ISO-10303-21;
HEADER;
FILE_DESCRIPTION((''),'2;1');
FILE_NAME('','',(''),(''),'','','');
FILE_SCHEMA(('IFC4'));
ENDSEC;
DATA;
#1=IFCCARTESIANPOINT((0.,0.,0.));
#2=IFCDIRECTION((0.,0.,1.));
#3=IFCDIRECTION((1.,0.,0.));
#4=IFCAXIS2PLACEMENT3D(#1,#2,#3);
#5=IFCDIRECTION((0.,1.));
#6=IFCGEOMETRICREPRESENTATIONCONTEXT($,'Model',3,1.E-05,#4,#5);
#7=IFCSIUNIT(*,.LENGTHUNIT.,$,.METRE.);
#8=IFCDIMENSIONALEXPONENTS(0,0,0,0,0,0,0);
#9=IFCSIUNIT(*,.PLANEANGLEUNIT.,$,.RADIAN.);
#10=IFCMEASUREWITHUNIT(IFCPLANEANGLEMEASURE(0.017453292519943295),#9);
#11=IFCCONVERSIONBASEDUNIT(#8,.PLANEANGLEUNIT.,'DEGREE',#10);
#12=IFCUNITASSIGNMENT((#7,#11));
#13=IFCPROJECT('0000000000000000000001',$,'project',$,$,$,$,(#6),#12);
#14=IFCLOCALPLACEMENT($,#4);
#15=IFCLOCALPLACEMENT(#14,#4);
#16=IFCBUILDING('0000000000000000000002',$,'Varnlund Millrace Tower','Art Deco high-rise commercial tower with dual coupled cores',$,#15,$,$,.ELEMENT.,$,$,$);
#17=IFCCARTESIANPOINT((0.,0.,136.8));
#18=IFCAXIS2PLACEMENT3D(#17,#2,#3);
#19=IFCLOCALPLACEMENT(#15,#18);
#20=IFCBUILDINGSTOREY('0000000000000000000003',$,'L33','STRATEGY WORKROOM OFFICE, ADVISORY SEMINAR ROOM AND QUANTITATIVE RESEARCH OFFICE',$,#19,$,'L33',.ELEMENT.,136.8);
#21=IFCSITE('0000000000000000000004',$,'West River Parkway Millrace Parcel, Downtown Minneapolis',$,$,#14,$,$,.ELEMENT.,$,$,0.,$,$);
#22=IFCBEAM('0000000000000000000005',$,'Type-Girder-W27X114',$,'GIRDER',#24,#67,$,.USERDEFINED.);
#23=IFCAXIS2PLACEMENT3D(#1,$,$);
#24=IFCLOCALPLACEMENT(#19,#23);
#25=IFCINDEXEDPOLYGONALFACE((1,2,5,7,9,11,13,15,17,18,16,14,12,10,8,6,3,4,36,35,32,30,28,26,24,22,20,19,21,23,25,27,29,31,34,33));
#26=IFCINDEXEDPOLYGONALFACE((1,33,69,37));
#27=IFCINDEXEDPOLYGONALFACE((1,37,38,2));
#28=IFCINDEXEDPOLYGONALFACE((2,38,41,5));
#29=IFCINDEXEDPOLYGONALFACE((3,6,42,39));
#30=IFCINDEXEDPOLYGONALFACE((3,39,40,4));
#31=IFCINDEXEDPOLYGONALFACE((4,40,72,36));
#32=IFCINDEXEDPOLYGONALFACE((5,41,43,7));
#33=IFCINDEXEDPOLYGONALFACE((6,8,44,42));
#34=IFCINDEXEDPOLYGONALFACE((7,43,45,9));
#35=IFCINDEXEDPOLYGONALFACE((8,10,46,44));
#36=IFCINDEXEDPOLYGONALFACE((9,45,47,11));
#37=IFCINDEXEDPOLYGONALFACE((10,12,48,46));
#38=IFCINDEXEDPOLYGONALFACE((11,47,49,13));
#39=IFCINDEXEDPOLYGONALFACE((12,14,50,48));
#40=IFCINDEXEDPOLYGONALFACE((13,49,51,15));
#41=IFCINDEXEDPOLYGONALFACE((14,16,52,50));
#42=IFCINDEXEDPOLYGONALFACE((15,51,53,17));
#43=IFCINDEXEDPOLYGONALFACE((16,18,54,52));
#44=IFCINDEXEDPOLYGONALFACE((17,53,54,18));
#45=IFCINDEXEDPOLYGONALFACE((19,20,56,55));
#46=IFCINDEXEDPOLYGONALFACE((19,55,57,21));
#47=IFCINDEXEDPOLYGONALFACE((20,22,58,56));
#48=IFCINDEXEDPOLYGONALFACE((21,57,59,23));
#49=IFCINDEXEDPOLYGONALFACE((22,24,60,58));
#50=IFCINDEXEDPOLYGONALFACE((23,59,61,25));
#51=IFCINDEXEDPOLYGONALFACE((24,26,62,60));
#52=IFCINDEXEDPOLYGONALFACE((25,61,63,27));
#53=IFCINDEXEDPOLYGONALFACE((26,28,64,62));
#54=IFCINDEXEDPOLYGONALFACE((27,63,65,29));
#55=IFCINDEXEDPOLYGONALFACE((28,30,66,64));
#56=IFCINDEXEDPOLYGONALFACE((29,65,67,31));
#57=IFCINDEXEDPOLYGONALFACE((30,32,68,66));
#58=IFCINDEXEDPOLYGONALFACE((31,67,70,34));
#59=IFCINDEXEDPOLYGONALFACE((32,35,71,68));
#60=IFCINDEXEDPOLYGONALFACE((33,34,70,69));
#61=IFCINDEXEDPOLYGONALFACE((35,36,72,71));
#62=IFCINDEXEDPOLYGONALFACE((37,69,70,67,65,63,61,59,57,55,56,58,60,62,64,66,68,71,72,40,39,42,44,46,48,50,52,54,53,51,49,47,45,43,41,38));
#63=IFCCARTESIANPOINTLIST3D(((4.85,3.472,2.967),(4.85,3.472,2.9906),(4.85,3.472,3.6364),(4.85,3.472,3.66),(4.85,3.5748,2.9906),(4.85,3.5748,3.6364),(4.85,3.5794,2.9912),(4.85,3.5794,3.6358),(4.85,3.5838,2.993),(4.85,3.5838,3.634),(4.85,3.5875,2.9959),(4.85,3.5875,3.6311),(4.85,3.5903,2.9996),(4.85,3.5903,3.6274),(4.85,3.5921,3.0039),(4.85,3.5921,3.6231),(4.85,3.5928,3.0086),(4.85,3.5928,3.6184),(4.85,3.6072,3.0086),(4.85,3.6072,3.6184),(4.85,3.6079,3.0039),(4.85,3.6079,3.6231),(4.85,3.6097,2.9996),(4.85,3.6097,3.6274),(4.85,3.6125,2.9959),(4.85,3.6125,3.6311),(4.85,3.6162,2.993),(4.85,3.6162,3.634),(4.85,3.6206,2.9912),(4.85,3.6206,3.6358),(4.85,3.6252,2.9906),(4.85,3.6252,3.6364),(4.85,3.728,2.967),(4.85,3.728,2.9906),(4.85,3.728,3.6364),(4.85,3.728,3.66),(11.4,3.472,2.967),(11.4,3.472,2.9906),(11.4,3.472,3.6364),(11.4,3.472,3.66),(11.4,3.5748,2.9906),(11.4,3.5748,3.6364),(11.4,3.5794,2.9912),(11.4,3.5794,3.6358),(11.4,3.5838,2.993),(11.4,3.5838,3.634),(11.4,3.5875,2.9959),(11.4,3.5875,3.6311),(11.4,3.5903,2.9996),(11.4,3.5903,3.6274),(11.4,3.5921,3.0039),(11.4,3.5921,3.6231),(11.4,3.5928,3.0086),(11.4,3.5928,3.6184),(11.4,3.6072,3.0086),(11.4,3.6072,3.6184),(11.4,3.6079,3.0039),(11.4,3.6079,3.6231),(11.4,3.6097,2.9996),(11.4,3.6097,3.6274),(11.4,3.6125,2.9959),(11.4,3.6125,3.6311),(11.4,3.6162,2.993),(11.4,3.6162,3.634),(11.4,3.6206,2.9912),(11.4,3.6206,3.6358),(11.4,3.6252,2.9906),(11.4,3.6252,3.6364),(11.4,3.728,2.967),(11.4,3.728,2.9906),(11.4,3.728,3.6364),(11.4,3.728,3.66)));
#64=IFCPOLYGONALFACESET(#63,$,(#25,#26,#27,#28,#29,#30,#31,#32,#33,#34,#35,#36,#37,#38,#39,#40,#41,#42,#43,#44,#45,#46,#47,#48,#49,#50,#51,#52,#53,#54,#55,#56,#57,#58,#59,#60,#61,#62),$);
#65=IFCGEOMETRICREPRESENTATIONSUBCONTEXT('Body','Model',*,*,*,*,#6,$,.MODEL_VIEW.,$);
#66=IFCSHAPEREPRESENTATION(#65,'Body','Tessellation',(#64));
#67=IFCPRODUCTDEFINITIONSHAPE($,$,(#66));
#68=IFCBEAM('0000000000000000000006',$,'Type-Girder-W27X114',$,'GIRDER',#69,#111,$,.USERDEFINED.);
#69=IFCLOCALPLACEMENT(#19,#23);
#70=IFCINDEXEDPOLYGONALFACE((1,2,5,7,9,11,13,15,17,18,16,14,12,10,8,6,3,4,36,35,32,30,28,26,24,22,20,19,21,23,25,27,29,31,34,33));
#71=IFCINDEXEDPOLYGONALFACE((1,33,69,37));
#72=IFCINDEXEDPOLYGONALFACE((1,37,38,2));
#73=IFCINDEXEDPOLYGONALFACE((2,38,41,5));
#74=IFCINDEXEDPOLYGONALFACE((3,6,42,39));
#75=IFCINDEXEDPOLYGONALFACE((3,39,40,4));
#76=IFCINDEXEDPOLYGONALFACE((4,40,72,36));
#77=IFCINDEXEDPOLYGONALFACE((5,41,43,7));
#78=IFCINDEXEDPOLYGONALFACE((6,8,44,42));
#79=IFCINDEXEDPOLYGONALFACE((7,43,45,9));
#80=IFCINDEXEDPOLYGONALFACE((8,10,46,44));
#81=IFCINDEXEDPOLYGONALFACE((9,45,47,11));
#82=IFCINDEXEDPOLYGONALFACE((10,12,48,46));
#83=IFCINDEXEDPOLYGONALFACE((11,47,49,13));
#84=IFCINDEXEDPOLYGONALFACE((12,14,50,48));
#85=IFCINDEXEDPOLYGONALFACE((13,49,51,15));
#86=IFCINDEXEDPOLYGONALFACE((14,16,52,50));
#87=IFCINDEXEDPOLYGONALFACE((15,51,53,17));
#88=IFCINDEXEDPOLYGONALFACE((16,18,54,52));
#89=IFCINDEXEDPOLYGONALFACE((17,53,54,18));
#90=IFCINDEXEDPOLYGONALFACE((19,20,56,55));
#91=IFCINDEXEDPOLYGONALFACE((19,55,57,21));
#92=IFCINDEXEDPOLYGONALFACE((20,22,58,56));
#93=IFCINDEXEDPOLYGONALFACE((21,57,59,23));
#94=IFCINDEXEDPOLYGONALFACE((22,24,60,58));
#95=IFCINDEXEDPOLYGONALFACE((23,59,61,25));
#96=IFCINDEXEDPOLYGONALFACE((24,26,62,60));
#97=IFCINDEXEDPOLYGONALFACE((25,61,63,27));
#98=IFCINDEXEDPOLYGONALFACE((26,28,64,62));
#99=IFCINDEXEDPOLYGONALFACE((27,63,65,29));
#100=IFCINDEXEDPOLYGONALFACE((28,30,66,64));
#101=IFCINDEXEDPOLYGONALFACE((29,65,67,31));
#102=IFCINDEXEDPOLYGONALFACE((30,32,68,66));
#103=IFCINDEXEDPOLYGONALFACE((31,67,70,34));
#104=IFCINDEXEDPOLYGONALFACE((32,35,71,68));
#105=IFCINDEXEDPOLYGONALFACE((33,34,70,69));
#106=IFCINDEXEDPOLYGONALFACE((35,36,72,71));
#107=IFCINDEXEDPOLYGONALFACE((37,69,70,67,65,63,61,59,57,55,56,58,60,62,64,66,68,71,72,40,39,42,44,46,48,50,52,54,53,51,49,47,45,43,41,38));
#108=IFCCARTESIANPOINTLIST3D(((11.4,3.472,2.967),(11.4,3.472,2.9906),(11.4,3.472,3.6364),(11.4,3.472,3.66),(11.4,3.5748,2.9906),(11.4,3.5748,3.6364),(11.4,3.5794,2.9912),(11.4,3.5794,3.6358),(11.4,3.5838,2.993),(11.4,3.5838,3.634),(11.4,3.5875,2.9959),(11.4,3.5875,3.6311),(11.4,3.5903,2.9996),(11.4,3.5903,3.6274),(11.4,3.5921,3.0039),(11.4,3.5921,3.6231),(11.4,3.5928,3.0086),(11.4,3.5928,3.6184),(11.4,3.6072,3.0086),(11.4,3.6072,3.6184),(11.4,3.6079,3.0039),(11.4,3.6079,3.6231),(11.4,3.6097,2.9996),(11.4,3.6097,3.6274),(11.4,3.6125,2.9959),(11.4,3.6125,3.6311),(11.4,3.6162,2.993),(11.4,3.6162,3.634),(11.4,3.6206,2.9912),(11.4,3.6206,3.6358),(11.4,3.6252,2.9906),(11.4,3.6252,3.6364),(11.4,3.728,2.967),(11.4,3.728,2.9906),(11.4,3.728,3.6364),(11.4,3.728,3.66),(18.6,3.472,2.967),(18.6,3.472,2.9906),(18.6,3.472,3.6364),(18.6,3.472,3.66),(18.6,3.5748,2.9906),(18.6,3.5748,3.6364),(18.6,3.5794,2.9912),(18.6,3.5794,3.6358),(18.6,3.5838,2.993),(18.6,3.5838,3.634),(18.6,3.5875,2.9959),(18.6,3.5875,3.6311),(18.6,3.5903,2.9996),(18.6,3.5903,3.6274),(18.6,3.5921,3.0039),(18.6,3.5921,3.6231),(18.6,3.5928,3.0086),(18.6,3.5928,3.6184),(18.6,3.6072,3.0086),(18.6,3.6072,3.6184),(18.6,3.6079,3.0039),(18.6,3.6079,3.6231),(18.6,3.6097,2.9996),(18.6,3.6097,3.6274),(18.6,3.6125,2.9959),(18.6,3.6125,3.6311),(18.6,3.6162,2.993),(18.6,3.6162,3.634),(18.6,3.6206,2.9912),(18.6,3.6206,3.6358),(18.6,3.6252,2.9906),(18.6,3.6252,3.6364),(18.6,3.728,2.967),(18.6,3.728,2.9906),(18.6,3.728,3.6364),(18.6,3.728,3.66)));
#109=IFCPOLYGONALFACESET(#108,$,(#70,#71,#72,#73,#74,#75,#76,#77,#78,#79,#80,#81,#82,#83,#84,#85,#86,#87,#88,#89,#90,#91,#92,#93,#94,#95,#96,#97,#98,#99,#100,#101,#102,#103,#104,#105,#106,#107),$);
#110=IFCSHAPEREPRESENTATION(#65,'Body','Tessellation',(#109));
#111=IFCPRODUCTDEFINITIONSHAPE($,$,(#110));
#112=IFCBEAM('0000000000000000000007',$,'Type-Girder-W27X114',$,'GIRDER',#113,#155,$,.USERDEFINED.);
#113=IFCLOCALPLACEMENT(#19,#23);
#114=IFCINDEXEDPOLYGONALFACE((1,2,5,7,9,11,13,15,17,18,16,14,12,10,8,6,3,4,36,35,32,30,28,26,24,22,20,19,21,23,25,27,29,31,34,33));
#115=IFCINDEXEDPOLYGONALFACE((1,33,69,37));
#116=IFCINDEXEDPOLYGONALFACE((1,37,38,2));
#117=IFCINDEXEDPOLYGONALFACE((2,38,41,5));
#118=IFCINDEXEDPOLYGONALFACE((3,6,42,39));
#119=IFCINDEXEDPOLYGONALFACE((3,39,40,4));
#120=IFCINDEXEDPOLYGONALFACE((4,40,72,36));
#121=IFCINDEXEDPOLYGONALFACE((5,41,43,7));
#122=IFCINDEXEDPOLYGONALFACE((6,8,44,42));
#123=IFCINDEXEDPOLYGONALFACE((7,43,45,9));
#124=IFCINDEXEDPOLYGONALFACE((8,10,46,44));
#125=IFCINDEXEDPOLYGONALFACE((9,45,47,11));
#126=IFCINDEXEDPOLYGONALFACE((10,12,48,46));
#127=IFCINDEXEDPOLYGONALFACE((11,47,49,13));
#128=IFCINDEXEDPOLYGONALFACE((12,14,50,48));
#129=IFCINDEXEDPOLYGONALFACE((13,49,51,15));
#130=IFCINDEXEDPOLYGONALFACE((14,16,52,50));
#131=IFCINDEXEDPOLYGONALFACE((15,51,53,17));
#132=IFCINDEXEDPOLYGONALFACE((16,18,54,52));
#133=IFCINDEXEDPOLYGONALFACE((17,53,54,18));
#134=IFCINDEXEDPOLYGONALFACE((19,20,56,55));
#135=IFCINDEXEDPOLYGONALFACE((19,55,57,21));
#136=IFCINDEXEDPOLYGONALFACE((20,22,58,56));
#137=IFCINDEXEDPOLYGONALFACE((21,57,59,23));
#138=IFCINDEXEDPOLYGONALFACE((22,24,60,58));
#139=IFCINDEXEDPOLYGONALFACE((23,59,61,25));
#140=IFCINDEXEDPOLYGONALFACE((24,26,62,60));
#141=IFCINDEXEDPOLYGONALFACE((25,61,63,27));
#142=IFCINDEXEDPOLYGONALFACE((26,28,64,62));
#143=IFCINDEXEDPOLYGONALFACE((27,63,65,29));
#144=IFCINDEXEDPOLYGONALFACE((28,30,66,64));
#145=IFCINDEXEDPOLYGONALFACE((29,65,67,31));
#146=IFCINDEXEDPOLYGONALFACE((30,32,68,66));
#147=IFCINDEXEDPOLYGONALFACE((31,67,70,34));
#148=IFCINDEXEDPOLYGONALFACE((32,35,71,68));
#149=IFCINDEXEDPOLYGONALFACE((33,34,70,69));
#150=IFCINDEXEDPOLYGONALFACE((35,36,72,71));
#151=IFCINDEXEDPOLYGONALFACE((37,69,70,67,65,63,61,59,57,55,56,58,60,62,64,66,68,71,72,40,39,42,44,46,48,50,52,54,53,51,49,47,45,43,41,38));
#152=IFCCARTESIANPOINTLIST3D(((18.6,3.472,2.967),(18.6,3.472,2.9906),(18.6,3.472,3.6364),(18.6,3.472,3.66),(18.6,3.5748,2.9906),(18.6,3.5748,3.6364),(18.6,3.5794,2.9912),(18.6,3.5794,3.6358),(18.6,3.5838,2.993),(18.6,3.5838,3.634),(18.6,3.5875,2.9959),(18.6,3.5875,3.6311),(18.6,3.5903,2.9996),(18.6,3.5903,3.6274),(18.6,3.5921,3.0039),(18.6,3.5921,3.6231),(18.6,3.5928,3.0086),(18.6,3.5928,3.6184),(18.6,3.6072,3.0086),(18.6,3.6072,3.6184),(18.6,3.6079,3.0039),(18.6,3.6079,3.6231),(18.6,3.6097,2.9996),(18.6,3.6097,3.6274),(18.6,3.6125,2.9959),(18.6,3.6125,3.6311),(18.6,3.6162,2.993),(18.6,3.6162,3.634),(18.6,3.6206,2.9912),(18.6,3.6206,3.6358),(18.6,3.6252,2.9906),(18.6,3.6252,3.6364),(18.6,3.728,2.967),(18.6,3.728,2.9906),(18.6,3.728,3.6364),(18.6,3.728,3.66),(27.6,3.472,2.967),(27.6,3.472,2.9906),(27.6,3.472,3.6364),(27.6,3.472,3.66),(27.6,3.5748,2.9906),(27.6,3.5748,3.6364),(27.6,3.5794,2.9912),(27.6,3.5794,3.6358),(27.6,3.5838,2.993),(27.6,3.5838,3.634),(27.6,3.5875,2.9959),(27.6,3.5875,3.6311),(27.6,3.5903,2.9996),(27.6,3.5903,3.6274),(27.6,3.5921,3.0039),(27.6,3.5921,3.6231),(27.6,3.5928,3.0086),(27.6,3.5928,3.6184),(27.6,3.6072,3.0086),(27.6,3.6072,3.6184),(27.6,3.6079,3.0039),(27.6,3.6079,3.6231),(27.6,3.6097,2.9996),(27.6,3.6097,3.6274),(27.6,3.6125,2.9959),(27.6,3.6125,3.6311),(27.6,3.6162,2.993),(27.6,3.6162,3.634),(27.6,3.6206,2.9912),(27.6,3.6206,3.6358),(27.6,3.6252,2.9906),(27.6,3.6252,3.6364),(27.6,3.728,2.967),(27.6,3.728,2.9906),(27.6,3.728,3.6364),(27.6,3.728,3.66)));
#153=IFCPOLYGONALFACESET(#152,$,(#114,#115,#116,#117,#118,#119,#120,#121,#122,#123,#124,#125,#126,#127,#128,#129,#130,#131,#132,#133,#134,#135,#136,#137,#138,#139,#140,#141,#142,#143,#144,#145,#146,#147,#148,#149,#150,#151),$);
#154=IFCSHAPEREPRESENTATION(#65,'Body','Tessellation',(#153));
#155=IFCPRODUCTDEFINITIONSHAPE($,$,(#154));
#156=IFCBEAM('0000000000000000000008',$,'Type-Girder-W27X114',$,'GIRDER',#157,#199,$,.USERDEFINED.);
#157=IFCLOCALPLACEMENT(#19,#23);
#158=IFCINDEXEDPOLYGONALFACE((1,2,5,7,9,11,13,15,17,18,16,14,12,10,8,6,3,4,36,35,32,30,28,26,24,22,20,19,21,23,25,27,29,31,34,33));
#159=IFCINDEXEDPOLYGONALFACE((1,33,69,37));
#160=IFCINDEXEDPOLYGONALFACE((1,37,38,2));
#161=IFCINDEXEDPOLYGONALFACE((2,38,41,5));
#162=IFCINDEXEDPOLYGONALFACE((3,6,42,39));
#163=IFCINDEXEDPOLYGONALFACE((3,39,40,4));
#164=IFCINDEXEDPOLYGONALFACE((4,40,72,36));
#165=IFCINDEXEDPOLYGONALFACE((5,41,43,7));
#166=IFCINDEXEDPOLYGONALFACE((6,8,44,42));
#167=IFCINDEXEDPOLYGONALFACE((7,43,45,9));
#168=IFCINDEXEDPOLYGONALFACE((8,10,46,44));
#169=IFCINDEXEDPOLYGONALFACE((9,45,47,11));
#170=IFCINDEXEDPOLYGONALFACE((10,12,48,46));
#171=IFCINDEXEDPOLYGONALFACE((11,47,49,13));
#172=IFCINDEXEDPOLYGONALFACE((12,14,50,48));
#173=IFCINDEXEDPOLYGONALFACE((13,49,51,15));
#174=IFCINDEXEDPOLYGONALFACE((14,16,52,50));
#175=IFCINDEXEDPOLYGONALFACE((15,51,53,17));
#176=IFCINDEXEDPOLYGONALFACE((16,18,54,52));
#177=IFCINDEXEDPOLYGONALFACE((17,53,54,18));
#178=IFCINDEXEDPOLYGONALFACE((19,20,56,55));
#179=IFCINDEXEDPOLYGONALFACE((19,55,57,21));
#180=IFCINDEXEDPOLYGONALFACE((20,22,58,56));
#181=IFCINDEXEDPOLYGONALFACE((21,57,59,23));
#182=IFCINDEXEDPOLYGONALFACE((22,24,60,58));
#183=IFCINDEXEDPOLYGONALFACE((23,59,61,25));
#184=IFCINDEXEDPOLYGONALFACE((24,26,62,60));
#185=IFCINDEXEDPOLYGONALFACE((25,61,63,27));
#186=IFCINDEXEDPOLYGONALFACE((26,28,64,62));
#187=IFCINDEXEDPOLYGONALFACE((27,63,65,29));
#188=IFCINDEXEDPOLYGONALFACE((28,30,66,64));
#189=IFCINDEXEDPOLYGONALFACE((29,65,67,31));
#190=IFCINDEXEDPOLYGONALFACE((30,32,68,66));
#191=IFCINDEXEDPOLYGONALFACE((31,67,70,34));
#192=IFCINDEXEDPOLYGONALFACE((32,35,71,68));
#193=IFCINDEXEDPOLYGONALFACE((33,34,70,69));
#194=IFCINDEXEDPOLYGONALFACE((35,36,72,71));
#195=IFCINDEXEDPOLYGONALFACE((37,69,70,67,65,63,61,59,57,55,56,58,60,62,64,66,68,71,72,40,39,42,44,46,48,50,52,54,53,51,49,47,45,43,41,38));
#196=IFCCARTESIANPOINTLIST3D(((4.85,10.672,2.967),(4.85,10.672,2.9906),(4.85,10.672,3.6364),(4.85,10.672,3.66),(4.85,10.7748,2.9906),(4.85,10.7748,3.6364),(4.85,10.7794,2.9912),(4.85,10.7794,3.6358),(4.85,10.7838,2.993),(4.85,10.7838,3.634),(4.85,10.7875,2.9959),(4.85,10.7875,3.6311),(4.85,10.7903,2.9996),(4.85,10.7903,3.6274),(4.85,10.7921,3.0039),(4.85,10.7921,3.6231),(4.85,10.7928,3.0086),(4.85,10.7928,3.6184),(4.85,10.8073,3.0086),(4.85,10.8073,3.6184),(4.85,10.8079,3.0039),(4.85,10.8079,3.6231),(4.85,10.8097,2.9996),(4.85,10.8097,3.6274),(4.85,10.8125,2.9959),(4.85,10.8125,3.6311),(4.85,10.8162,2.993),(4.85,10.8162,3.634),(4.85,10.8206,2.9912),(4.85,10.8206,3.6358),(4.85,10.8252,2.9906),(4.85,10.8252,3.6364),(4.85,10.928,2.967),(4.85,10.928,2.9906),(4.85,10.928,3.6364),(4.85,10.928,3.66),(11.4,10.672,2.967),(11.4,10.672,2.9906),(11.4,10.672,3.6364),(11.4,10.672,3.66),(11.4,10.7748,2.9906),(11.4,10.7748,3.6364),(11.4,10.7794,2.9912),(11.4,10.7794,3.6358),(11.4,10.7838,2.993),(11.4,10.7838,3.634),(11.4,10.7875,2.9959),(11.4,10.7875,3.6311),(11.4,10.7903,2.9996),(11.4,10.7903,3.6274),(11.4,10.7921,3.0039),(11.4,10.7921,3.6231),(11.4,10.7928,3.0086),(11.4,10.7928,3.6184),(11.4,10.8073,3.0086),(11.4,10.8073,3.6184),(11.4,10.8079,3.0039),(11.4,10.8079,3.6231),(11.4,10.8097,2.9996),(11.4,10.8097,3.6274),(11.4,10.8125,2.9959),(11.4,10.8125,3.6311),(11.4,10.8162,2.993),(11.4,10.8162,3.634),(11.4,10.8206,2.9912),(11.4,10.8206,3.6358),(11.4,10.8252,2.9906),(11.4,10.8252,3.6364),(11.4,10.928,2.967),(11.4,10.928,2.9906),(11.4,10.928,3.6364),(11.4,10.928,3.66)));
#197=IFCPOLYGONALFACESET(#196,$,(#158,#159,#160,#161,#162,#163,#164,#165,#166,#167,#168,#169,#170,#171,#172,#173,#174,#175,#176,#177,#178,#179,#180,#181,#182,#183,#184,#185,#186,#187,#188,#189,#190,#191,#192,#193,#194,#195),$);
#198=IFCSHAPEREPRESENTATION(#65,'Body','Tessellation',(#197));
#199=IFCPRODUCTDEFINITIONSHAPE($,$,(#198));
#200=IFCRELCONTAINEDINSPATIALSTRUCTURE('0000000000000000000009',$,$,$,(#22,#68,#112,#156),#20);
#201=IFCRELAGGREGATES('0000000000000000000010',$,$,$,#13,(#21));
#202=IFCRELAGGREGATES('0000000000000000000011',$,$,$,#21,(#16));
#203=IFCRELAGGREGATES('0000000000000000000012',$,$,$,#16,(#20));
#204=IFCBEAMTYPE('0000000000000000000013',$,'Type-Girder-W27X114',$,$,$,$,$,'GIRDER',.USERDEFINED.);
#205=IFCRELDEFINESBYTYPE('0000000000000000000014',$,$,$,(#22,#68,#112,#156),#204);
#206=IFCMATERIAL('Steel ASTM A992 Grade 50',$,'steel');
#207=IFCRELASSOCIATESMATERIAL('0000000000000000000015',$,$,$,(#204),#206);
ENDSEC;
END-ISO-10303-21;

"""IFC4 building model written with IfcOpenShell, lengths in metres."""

from ifc_helpers import new_model, entity, si_unit, converted_unit, direction, frame, origin_with_axes, origin_2d_with_axis, place, context, subcontext, project, spatial, i_section, extrude, material, material_profile, profile_set, type_object, element, save


model = new_model("IFC4")

# Units and contexts
model_context = context("Model", 3, precision=1e-05, world=origin_with_axes(), true_north=direction((0.0, 1.0)))
body_context = subcontext(model_context, "Body", "Model", "MODEL_VIEW")
ifc_project = project(units=[si_unit("LENGTHUNIT", "METRE"), converted_unit("PLANEANGLEUNIT", "DEGREE", entity("IfcPlaneAngleMeasure", 0.017453292519943295), si_unit("PLANEANGLEUNIT", "RADIAN"), dimensions=[0, 0, 0, 0, 0, 0, 0])], contexts=[model_context])

# Site, building, storey
site_placement = place(None, origin_with_axes())
site = spatial("IfcSite", under=ifc_project, at=site_placement, Name="West River Parkway Millrace Parcel, Downtown Minneapolis", CompositionType="ELEMENT", RefElevation=0.0)
building_placement = place(site_placement, origin_with_axes())
building = spatial("IfcBuilding", under=site, at=building_placement, Name="Varnlund Millrace Tower", Description="Art Deco high-rise commercial tower with dual coupled cores", CompositionType="ELEMENT")
storey_placement = place(building_placement, frame((0.0, 0.0, 136.8), z_axis=(0.0, 0.0, 1.0), x_axis=(1.0, 0.0, 0.0)))
storey = spatial("IfcBuildingStorey", under=building, at=storey_placement, Name="L33", Description="STRATEGY WORKROOM OFFICE, ADVISORY SEMINAR ROOM AND QUANTITATIVE RESEARCH OFFICE", LongName="L33", CompositionType="ELEMENT", Elevation=136.8)

# Beams
ifc_material_1 = material(Name="Steel ASTM A992 Grade 50", Category="steel")
ifc_material_profile_1 = material_profile(ifc_material_1, i_section(OverallWidth=0.256, OverallDepth=0.693, WebThickness=0.0145, FlangeThickness=0.0236, FilletRadius=0.018, at=origin_2d_with_axis()), Name="Steel ASTM A992 Grade 50")
ifc_profile_set_1 = profile_set([ifc_material_profile_1], Name="Steel ASTM A992 Grade 50")
beam_type_1 = type_object("IfcBeamType", Name="Type-Girder-W27X114", ElementType="GIRDER", PredefinedType="USERDEFINED", material=ifc_profile_set_1)
beam_1_placement = place(storey_placement, frame((4.85, 3.6, 3.3135), z_axis=(1.0, 0.0, 0.0), x_axis=(0.0, 1.0, 0.0)))
element("IfcBeam", 1, at=beam_1_placement, inside=storey, type_object=beam_type_1, Name="Type-Girder-W27X114", ObjectType="GIRDER", PredefinedType="USERDEFINED", context=body_context, shape_type="SweptSolid", body=[
    extrude(i_section(OverallWidth=0.256, OverallDepth=0.693, WebThickness=0.0145, FlangeThickness=0.0236, FilletRadius=0.018, at=origin_2d_with_axis()), origin_with_axes(), (0.0, 0.0, 1.0), 6.55),
])
beam_2_placement = place(storey_placement, frame((11.4, 3.6, 3.3135), z_axis=(1.0, 0.0, 0.0), x_axis=(0.0, 1.0, 0.0)))
element("IfcBeam", 2, at=beam_2_placement, inside=storey, type_object=beam_type_1, Name="Type-Girder-W27X114", ObjectType="GIRDER", PredefinedType="USERDEFINED", context=body_context, shape_type="SweptSolid", body=[
    extrude(i_section(OverallWidth=0.256, OverallDepth=0.693, WebThickness=0.0145, FlangeThickness=0.0236, FilletRadius=0.018, at=origin_2d_with_axis()), origin_with_axes(), (0.0, 0.0, 1.0), 7.2),
])
beam_3_placement = place(storey_placement, frame((18.6, 3.6, 3.3135), z_axis=(1.0, 0.0, 0.0), x_axis=(0.0, 1.0, 0.0)))
element("IfcBeam", 3, at=beam_3_placement, inside=storey, type_object=beam_type_1, Name="Type-Girder-W27X114", ObjectType="GIRDER", PredefinedType="USERDEFINED", context=body_context, shape_type="SweptSolid", body=[
    extrude(i_section(OverallWidth=0.256, OverallDepth=0.693, WebThickness=0.0145, FlangeThickness=0.0236, FilletRadius=0.018, at=origin_2d_with_axis()), origin_with_axes(), (0.0, 0.0, 1.0), 9.0),
])
beam_4_placement = place(storey_placement, frame((4.85, 10.8, 3.3135), z_axis=(1.0, 0.0, 0.0), x_axis=(0.0, 1.0, 0.0)))
element("IfcBeam", 4, at=beam_4_placement, inside=storey, type_object=beam_type_1, Name="Type-Girder-W27X114", ObjectType="GIRDER", PredefinedType="USERDEFINED", context=body_context, shape_type="SweptSolid", body=[
    extrude(i_section(OverallWidth=0.256, OverallDepth=0.693, WebThickness=0.0145, FlangeThickness=0.0236, FilletRadius=0.018, at=origin_2d_with_axis()), origin_with_axes(), (0.0, 0.0, 1.0), 6.55),
])

save(model, "model.ifc")
